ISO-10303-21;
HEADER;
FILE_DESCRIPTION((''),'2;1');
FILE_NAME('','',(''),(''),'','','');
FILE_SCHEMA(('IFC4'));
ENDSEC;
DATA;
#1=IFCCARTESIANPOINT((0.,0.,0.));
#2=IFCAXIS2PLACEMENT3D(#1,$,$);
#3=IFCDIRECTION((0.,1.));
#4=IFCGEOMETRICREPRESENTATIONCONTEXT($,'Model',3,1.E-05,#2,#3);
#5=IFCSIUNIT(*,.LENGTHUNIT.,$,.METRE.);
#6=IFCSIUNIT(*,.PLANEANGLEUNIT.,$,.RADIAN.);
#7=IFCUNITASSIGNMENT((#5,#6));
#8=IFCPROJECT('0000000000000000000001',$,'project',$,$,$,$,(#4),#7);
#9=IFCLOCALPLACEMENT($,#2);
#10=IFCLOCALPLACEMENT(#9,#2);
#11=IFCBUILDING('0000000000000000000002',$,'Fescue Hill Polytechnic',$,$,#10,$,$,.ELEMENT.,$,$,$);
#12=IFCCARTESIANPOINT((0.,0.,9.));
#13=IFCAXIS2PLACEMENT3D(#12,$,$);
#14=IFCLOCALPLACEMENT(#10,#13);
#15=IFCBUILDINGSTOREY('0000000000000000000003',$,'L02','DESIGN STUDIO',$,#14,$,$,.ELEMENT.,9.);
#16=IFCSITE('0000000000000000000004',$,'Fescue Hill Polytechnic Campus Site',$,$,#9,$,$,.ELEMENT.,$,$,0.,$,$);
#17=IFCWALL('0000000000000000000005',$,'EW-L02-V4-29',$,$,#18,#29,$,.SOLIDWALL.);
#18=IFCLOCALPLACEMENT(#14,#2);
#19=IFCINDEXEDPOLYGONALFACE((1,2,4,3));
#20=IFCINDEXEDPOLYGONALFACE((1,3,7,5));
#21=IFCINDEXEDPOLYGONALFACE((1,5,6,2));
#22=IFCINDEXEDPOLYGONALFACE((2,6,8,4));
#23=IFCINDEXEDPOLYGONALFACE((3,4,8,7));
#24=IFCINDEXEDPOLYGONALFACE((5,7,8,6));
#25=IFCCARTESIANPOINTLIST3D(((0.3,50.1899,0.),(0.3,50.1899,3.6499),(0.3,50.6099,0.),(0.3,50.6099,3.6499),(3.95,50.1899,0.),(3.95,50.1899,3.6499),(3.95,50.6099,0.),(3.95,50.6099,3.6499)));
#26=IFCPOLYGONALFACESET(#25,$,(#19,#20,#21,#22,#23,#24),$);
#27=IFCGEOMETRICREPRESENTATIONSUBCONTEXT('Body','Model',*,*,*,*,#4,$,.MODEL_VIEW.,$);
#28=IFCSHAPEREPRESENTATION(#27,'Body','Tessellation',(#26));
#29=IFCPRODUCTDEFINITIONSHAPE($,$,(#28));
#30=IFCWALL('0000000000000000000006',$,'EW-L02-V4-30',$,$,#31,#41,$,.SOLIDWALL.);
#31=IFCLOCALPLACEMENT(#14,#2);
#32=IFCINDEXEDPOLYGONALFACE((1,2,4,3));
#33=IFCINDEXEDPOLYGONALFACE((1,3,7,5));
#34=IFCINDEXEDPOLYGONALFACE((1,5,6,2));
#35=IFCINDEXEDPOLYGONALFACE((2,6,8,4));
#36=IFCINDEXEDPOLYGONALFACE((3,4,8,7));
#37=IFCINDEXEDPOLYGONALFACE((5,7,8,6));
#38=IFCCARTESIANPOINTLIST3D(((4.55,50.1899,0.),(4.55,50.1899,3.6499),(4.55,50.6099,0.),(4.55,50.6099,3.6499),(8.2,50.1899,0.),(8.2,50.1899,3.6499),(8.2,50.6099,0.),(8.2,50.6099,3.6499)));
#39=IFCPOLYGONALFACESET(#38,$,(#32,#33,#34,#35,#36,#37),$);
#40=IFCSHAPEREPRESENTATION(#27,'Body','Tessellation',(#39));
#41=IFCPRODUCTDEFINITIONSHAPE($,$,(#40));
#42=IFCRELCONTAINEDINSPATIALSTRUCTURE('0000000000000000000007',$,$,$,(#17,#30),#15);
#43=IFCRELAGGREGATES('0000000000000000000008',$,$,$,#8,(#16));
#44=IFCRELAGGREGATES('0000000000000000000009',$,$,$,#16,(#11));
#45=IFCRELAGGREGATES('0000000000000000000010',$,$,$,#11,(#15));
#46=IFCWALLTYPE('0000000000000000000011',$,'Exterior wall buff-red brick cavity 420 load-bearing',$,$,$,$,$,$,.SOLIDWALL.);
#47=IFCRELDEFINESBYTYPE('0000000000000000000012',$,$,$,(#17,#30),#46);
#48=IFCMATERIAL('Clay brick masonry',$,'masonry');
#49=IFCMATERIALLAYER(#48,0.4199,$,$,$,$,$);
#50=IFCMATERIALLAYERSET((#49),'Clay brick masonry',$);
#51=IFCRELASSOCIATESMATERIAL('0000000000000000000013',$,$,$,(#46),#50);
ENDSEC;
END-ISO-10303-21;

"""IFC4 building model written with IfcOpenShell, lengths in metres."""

from ifc_helpers import new_model, si_unit, direction, frame, frame_2d, origin, place, context, subcontext, project, spatial, rectangle, extrude, material, layer, layer_set, type_object, element, save


model = new_model("IFC4")

# Units and contexts
model_context = context("Model", 3, precision=1e-05, world=origin(), true_north=direction((0.0, 1.0)))
body_context = subcontext(model_context, "Body", "Model", "MODEL_VIEW")
ifc_project = project(units=[si_unit("LENGTHUNIT", "METRE"), si_unit("PLANEANGLEUNIT", "RADIAN")], contexts=[model_context])

# Site, building, storey
site_placement = place(None, origin())
site = spatial("IfcSite", under=ifc_project, at=site_placement, Name="Fescue Hill Polytechnic Campus Site", CompositionType="ELEMENT", RefElevation=0.0)
building_placement = place(site_placement, origin())
building = spatial("IfcBuilding", under=site, at=building_placement, Name="Fescue Hill Polytechnic", CompositionType="ELEMENT")
storey_placement = place(building_placement, frame((0.0, 0.0, 9.0)))
storey = spatial("IfcBuildingStorey", under=building, at=storey_placement, Name="L02", Description="DESIGN STUDIO", CompositionType="ELEMENT", Elevation=9.0)

# Walls
ifc_material_1 = material(Name="Clay brick masonry", Category="masonry")
ifc_layer_1 = layer(ifc_material_1, 0.4199)
ifc_layer_set_1 = layer_set([ifc_layer_1], Name="Clay brick masonry")
wall_type_1 = type_object("IfcWallType", Name="Exterior wall buff-red brick cavity 420 load-bearing", PredefinedType="SOLIDWALL", material=ifc_layer_set_1)
for number, where, z_axis, x_axis, name in (
    (1, (0.3, 50.3999, 0.0), (0.0, 0.0, 1.0), (1.0, 0.0, 0.0), "EW-L02-V4-29"),
    (2, (4.55, 50.3999, 0.0), (0.0, 0.0, 1.0), (1.0, 0.0, 0.0), "EW-L02-V4-30"),
):
    element("IfcWall", number, at=place(storey_placement, frame(where, z_axis=z_axis, x_axis=x_axis)), inside=storey, type_object=wall_type_1, Name=name, PredefinedType="SOLIDWALL", context=body_context, shape_type="SweptSolid", body=[
        extrude(rectangle(XDim=3.6499, YDim=0.4199, at=frame_2d((1.825, 0.0))), origin(), (0.0, 0.0, 1.0), 3.6499),
    ])

save(model, "model.ifc")
